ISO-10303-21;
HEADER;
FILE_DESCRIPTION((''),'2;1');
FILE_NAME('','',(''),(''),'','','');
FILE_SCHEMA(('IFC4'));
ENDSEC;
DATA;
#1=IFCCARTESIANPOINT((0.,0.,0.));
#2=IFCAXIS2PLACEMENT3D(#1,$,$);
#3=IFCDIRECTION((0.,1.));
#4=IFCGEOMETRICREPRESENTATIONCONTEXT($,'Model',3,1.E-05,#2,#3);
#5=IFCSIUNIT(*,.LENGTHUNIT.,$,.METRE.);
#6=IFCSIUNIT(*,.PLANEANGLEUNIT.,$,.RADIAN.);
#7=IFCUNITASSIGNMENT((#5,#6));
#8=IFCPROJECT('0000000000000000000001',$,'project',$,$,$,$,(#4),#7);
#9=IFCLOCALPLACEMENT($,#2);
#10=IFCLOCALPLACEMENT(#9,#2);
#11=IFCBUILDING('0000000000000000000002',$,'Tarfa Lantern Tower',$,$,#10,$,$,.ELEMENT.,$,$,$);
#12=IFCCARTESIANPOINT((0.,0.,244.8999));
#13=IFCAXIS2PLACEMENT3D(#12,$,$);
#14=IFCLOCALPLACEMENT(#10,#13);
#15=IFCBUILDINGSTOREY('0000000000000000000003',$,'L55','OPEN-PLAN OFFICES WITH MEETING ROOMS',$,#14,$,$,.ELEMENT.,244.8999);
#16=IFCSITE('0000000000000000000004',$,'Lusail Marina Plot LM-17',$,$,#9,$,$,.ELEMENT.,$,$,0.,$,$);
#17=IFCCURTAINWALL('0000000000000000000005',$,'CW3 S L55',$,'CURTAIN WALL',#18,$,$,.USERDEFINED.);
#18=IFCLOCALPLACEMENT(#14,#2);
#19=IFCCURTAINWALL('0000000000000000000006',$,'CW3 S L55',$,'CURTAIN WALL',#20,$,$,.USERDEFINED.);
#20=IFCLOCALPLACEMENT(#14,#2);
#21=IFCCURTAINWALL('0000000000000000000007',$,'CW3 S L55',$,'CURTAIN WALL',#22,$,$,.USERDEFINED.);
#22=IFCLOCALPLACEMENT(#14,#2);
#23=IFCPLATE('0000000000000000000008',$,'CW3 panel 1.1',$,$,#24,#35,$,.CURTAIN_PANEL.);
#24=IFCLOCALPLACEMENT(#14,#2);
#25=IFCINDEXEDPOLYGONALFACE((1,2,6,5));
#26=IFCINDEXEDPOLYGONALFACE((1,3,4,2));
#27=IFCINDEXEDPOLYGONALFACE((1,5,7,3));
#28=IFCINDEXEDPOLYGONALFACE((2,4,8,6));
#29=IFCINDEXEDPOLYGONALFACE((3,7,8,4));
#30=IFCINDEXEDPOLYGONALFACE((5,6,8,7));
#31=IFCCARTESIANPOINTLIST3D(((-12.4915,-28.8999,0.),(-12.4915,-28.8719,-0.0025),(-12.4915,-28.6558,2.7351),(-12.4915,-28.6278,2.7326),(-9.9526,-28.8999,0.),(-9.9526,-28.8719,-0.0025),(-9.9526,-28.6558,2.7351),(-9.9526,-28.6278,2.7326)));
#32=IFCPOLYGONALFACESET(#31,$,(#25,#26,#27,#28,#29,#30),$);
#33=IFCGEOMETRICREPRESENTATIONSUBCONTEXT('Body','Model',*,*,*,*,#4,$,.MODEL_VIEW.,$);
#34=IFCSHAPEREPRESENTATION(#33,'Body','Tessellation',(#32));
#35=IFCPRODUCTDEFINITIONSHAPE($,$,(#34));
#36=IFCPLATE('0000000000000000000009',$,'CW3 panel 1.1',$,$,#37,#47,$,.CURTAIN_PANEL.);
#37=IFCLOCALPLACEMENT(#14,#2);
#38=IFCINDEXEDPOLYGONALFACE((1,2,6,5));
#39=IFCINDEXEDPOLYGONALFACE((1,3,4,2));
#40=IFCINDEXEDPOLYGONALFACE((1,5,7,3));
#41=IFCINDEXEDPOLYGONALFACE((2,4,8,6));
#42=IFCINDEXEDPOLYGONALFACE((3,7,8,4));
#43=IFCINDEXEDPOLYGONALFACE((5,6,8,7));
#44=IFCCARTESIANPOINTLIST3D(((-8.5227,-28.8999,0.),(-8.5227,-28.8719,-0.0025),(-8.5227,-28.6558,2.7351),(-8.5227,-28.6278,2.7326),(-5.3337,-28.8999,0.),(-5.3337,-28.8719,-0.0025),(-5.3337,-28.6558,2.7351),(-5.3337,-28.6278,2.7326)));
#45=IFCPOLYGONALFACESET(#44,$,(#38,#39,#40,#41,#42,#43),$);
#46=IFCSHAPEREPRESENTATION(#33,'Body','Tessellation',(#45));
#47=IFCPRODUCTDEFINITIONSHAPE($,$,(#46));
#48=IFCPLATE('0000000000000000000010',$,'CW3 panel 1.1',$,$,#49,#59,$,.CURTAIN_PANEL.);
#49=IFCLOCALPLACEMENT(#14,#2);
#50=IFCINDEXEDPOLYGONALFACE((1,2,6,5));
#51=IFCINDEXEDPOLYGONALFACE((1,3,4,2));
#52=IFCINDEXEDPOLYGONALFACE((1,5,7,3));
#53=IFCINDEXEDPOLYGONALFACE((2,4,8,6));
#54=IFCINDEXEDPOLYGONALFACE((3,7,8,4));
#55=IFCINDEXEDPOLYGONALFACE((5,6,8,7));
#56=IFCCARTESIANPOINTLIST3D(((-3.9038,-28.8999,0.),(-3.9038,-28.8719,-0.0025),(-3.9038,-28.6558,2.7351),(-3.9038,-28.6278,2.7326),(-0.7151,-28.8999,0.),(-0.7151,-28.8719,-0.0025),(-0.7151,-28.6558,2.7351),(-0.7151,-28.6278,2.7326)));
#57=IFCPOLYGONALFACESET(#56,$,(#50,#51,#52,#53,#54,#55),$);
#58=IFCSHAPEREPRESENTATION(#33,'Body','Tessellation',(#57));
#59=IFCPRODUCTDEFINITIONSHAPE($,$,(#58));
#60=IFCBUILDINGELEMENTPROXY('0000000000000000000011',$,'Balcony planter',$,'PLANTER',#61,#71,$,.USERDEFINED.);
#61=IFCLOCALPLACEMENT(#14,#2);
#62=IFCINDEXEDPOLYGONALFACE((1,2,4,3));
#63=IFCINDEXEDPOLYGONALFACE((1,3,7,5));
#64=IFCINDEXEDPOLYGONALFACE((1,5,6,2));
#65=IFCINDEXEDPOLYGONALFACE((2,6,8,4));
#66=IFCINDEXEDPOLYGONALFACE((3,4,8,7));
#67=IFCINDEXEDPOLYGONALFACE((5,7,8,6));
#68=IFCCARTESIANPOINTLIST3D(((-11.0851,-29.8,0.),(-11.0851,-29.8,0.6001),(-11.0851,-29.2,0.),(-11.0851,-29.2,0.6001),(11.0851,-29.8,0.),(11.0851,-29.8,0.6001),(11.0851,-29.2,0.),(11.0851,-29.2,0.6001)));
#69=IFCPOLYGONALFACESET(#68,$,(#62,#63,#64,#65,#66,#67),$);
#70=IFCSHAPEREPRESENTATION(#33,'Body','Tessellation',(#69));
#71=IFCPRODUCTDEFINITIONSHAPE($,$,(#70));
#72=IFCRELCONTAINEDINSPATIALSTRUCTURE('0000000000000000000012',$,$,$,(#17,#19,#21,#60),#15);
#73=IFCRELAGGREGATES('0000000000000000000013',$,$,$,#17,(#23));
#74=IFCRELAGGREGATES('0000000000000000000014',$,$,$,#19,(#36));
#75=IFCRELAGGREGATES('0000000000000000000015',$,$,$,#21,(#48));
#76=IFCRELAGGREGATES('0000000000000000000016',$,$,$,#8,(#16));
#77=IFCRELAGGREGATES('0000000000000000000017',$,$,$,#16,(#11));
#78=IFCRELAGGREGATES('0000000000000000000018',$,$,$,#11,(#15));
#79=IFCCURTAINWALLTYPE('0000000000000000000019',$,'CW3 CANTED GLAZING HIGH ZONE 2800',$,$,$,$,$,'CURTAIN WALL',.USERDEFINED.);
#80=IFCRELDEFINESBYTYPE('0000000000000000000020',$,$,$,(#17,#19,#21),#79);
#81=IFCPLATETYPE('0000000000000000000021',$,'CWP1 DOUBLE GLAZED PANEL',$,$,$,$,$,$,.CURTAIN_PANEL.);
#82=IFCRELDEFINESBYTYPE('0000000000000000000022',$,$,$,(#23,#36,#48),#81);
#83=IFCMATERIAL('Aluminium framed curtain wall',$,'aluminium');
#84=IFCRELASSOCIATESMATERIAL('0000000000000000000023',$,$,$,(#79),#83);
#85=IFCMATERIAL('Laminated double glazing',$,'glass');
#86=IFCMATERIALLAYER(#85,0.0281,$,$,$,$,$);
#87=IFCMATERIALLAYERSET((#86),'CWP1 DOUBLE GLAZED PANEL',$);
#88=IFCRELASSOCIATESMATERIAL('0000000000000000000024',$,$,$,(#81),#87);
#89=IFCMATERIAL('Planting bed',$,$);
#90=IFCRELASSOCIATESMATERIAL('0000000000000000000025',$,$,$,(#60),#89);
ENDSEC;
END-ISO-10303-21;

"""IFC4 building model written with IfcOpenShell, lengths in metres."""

from ifc_helpers import new_model, si_unit, direction, frame, origin, origin_2d, place, context, subcontext, project, spatial, polyline, rectangle, outline, extrude, material, layer, layer_set, type_object, element, aggregate, save


model = new_model("IFC4")

# Units and contexts
model_context = context("Model", 3, precision=1e-05, world=origin(), true_north=direction((0.0, 1.0)))
body_context = subcontext(model_context, "Body", "Model", "MODEL_VIEW")
ifc_project = project(units=[si_unit("LENGTHUNIT", "METRE"), si_unit("PLANEANGLEUNIT", "RADIAN")], contexts=[model_context])

# Site, building, storey
site_placement = place(None, origin())
site = spatial("IfcSite", under=ifc_project, at=site_placement, Name="Lusail Marina Plot LM-17", CompositionType="ELEMENT", RefElevation=0.0)
building_placement = place(site_placement, origin())
building = spatial("IfcBuilding", under=site, at=building_placement, Name="Tarfa Lantern Tower", CompositionType="ELEMENT")
storey_placement = place(building_placement, frame((0.0, 0.0, 244.8999)))
storey = spatial("IfcBuildingStorey", under=building, at=storey_placement, Name="L55", Description="OPEN-PLAN OFFICES WITH MEETING ROOMS", CompositionType="ELEMENT", Elevation=244.8999)

# Curtain walls
ifc_material_1 = material(Name="Aluminium framed curtain wall", Category="aluminium")
curtain_wall_type = type_object("IfcCurtainWallType", Name="CW3 CANTED GLAZING HIGH ZONE 2800", ElementType="CURTAIN WALL", PredefinedType="USERDEFINED", material=ifc_material_1)
curtain_wall_1_placement = place(storey_placement, origin())
curtain_wall_1 = element("IfcCurtainWall", 1, at=curtain_wall_1_placement, inside=storey, type_object=curtain_wall_type, Name="CW3 S L55", ObjectType="CURTAIN WALL", PredefinedType="USERDEFINED")
curtain_wall_2_placement = place(storey_placement, origin())
curtain_wall_2 = element("IfcCurtainWall", 2, at=curtain_wall_2_placement, inside=storey, type_object=curtain_wall_type, Name="CW3 S L55", ObjectType="CURTAIN WALL", PredefinedType="USERDEFINED")
curtain_wall_3_placement = place(storey_placement, origin())
curtain_wall_3 = element("IfcCurtainWall", 3, at=curtain_wall_3_placement, inside=storey, type_object=curtain_wall_type, Name="CW3 S L55", ObjectType="CURTAIN WALL", PredefinedType="USERDEFINED")

# Plates
ifc_material_2 = material(Name="Laminated double glazing", Category="glass")
ifc_layer = layer(ifc_material_2, 0.0281)
ifc_layer_set = layer_set([ifc_layer], Name="CWP1 DOUBLE GLAZED PANEL")
plate_type = type_object("IfcPlateType", Name="CWP1 DOUBLE GLAZED PANEL", PredefinedType="CURTAIN_PANEL", material=ifc_layer_set)
plate_1_placement = place(storey_placement, frame((-12.4915, -28.8999, 0.0), z_axis=(0.0, -0.99604, 0.088908), x_axis=(1.0, 0.0, 0.0)))
plate_1 = element("IfcPlate", 4, at=plate_1_placement, type_object=plate_type, Name="CW3 panel 1.1", PredefinedType="CURTAIN_PANEL", context=body_context, shape_type="SweptSolid", body=[
    extrude(outline(polyline([(0.0, 0.0), (2.5388, 0.0), (2.5388, 2.746), (0.0, 2.746), (0.0, 0.0)])), origin(), (0.0, 0.0, -1.0), 0.0281),
])
aggregate(curtain_wall_1, [plate_1])
plate_2_placement = place(storey_placement, frame((-8.5227, -28.8999, 0.0), z_axis=(0.0, -0.99604, 0.088908), x_axis=(1.0, 0.0, 0.0)))
plate_2 = element("IfcPlate", 5, at=plate_2_placement, type_object=plate_type, Name="CW3 panel 1.1", PredefinedType="CURTAIN_PANEL", context=body_context, shape_type="SweptSolid", body=[
    extrude(outline(polyline([(0.0, 0.0), (3.189, 0.0), (3.189, 2.746), (0.0, 2.746), (0.0, 0.0)])), origin(), (0.0, 0.0, -1.0), 0.0281),
])
aggregate(curtain_wall_2, [plate_2])
plate_3_placement = place(storey_placement, frame((-3.9038, -28.8999, 0.0), z_axis=(0.0, -0.99604, 0.088908), x_axis=(1.0, 0.0, 0.0)))
plate_3 = element("IfcPlate", 6, at=plate_3_placement, type_object=plate_type, Name="CW3 panel 1.1", PredefinedType="CURTAIN_PANEL", context=body_context, shape_type="SweptSolid", body=[
    extrude(outline(polyline([(0.0, 0.0), (3.1887, 0.0), (3.1887, 2.746), (0.0, 2.746), (0.0, 0.0)])), origin(), (0.0, 0.0, -1.0), 0.0281),
])
aggregate(curtain_wall_3, [plate_3])

# Building element proxy
ifc_material_3 = material(Name="Planting bed")
proxy_placement = place(storey_placement, frame((0.0, -29.5, 0.0), z_axis=(0.0, 0.0, 1.0), x_axis=(1.0, 0.0, 0.0)))
element("IfcBuildingElementProxy", 7, at=proxy_placement, inside=storey, material=ifc_material_3, Name="Balcony planter", ObjectType="PLANTER", PredefinedType="USERDEFINED", context=body_context, shape_type="SweptSolid", body=[
    extrude(rectangle(XDim=22.1702, YDim=0.6001, at=origin_2d()), origin(), (0.0, 0.0, 1.0), 0.6001),
])

save(model, "model.ifc")
